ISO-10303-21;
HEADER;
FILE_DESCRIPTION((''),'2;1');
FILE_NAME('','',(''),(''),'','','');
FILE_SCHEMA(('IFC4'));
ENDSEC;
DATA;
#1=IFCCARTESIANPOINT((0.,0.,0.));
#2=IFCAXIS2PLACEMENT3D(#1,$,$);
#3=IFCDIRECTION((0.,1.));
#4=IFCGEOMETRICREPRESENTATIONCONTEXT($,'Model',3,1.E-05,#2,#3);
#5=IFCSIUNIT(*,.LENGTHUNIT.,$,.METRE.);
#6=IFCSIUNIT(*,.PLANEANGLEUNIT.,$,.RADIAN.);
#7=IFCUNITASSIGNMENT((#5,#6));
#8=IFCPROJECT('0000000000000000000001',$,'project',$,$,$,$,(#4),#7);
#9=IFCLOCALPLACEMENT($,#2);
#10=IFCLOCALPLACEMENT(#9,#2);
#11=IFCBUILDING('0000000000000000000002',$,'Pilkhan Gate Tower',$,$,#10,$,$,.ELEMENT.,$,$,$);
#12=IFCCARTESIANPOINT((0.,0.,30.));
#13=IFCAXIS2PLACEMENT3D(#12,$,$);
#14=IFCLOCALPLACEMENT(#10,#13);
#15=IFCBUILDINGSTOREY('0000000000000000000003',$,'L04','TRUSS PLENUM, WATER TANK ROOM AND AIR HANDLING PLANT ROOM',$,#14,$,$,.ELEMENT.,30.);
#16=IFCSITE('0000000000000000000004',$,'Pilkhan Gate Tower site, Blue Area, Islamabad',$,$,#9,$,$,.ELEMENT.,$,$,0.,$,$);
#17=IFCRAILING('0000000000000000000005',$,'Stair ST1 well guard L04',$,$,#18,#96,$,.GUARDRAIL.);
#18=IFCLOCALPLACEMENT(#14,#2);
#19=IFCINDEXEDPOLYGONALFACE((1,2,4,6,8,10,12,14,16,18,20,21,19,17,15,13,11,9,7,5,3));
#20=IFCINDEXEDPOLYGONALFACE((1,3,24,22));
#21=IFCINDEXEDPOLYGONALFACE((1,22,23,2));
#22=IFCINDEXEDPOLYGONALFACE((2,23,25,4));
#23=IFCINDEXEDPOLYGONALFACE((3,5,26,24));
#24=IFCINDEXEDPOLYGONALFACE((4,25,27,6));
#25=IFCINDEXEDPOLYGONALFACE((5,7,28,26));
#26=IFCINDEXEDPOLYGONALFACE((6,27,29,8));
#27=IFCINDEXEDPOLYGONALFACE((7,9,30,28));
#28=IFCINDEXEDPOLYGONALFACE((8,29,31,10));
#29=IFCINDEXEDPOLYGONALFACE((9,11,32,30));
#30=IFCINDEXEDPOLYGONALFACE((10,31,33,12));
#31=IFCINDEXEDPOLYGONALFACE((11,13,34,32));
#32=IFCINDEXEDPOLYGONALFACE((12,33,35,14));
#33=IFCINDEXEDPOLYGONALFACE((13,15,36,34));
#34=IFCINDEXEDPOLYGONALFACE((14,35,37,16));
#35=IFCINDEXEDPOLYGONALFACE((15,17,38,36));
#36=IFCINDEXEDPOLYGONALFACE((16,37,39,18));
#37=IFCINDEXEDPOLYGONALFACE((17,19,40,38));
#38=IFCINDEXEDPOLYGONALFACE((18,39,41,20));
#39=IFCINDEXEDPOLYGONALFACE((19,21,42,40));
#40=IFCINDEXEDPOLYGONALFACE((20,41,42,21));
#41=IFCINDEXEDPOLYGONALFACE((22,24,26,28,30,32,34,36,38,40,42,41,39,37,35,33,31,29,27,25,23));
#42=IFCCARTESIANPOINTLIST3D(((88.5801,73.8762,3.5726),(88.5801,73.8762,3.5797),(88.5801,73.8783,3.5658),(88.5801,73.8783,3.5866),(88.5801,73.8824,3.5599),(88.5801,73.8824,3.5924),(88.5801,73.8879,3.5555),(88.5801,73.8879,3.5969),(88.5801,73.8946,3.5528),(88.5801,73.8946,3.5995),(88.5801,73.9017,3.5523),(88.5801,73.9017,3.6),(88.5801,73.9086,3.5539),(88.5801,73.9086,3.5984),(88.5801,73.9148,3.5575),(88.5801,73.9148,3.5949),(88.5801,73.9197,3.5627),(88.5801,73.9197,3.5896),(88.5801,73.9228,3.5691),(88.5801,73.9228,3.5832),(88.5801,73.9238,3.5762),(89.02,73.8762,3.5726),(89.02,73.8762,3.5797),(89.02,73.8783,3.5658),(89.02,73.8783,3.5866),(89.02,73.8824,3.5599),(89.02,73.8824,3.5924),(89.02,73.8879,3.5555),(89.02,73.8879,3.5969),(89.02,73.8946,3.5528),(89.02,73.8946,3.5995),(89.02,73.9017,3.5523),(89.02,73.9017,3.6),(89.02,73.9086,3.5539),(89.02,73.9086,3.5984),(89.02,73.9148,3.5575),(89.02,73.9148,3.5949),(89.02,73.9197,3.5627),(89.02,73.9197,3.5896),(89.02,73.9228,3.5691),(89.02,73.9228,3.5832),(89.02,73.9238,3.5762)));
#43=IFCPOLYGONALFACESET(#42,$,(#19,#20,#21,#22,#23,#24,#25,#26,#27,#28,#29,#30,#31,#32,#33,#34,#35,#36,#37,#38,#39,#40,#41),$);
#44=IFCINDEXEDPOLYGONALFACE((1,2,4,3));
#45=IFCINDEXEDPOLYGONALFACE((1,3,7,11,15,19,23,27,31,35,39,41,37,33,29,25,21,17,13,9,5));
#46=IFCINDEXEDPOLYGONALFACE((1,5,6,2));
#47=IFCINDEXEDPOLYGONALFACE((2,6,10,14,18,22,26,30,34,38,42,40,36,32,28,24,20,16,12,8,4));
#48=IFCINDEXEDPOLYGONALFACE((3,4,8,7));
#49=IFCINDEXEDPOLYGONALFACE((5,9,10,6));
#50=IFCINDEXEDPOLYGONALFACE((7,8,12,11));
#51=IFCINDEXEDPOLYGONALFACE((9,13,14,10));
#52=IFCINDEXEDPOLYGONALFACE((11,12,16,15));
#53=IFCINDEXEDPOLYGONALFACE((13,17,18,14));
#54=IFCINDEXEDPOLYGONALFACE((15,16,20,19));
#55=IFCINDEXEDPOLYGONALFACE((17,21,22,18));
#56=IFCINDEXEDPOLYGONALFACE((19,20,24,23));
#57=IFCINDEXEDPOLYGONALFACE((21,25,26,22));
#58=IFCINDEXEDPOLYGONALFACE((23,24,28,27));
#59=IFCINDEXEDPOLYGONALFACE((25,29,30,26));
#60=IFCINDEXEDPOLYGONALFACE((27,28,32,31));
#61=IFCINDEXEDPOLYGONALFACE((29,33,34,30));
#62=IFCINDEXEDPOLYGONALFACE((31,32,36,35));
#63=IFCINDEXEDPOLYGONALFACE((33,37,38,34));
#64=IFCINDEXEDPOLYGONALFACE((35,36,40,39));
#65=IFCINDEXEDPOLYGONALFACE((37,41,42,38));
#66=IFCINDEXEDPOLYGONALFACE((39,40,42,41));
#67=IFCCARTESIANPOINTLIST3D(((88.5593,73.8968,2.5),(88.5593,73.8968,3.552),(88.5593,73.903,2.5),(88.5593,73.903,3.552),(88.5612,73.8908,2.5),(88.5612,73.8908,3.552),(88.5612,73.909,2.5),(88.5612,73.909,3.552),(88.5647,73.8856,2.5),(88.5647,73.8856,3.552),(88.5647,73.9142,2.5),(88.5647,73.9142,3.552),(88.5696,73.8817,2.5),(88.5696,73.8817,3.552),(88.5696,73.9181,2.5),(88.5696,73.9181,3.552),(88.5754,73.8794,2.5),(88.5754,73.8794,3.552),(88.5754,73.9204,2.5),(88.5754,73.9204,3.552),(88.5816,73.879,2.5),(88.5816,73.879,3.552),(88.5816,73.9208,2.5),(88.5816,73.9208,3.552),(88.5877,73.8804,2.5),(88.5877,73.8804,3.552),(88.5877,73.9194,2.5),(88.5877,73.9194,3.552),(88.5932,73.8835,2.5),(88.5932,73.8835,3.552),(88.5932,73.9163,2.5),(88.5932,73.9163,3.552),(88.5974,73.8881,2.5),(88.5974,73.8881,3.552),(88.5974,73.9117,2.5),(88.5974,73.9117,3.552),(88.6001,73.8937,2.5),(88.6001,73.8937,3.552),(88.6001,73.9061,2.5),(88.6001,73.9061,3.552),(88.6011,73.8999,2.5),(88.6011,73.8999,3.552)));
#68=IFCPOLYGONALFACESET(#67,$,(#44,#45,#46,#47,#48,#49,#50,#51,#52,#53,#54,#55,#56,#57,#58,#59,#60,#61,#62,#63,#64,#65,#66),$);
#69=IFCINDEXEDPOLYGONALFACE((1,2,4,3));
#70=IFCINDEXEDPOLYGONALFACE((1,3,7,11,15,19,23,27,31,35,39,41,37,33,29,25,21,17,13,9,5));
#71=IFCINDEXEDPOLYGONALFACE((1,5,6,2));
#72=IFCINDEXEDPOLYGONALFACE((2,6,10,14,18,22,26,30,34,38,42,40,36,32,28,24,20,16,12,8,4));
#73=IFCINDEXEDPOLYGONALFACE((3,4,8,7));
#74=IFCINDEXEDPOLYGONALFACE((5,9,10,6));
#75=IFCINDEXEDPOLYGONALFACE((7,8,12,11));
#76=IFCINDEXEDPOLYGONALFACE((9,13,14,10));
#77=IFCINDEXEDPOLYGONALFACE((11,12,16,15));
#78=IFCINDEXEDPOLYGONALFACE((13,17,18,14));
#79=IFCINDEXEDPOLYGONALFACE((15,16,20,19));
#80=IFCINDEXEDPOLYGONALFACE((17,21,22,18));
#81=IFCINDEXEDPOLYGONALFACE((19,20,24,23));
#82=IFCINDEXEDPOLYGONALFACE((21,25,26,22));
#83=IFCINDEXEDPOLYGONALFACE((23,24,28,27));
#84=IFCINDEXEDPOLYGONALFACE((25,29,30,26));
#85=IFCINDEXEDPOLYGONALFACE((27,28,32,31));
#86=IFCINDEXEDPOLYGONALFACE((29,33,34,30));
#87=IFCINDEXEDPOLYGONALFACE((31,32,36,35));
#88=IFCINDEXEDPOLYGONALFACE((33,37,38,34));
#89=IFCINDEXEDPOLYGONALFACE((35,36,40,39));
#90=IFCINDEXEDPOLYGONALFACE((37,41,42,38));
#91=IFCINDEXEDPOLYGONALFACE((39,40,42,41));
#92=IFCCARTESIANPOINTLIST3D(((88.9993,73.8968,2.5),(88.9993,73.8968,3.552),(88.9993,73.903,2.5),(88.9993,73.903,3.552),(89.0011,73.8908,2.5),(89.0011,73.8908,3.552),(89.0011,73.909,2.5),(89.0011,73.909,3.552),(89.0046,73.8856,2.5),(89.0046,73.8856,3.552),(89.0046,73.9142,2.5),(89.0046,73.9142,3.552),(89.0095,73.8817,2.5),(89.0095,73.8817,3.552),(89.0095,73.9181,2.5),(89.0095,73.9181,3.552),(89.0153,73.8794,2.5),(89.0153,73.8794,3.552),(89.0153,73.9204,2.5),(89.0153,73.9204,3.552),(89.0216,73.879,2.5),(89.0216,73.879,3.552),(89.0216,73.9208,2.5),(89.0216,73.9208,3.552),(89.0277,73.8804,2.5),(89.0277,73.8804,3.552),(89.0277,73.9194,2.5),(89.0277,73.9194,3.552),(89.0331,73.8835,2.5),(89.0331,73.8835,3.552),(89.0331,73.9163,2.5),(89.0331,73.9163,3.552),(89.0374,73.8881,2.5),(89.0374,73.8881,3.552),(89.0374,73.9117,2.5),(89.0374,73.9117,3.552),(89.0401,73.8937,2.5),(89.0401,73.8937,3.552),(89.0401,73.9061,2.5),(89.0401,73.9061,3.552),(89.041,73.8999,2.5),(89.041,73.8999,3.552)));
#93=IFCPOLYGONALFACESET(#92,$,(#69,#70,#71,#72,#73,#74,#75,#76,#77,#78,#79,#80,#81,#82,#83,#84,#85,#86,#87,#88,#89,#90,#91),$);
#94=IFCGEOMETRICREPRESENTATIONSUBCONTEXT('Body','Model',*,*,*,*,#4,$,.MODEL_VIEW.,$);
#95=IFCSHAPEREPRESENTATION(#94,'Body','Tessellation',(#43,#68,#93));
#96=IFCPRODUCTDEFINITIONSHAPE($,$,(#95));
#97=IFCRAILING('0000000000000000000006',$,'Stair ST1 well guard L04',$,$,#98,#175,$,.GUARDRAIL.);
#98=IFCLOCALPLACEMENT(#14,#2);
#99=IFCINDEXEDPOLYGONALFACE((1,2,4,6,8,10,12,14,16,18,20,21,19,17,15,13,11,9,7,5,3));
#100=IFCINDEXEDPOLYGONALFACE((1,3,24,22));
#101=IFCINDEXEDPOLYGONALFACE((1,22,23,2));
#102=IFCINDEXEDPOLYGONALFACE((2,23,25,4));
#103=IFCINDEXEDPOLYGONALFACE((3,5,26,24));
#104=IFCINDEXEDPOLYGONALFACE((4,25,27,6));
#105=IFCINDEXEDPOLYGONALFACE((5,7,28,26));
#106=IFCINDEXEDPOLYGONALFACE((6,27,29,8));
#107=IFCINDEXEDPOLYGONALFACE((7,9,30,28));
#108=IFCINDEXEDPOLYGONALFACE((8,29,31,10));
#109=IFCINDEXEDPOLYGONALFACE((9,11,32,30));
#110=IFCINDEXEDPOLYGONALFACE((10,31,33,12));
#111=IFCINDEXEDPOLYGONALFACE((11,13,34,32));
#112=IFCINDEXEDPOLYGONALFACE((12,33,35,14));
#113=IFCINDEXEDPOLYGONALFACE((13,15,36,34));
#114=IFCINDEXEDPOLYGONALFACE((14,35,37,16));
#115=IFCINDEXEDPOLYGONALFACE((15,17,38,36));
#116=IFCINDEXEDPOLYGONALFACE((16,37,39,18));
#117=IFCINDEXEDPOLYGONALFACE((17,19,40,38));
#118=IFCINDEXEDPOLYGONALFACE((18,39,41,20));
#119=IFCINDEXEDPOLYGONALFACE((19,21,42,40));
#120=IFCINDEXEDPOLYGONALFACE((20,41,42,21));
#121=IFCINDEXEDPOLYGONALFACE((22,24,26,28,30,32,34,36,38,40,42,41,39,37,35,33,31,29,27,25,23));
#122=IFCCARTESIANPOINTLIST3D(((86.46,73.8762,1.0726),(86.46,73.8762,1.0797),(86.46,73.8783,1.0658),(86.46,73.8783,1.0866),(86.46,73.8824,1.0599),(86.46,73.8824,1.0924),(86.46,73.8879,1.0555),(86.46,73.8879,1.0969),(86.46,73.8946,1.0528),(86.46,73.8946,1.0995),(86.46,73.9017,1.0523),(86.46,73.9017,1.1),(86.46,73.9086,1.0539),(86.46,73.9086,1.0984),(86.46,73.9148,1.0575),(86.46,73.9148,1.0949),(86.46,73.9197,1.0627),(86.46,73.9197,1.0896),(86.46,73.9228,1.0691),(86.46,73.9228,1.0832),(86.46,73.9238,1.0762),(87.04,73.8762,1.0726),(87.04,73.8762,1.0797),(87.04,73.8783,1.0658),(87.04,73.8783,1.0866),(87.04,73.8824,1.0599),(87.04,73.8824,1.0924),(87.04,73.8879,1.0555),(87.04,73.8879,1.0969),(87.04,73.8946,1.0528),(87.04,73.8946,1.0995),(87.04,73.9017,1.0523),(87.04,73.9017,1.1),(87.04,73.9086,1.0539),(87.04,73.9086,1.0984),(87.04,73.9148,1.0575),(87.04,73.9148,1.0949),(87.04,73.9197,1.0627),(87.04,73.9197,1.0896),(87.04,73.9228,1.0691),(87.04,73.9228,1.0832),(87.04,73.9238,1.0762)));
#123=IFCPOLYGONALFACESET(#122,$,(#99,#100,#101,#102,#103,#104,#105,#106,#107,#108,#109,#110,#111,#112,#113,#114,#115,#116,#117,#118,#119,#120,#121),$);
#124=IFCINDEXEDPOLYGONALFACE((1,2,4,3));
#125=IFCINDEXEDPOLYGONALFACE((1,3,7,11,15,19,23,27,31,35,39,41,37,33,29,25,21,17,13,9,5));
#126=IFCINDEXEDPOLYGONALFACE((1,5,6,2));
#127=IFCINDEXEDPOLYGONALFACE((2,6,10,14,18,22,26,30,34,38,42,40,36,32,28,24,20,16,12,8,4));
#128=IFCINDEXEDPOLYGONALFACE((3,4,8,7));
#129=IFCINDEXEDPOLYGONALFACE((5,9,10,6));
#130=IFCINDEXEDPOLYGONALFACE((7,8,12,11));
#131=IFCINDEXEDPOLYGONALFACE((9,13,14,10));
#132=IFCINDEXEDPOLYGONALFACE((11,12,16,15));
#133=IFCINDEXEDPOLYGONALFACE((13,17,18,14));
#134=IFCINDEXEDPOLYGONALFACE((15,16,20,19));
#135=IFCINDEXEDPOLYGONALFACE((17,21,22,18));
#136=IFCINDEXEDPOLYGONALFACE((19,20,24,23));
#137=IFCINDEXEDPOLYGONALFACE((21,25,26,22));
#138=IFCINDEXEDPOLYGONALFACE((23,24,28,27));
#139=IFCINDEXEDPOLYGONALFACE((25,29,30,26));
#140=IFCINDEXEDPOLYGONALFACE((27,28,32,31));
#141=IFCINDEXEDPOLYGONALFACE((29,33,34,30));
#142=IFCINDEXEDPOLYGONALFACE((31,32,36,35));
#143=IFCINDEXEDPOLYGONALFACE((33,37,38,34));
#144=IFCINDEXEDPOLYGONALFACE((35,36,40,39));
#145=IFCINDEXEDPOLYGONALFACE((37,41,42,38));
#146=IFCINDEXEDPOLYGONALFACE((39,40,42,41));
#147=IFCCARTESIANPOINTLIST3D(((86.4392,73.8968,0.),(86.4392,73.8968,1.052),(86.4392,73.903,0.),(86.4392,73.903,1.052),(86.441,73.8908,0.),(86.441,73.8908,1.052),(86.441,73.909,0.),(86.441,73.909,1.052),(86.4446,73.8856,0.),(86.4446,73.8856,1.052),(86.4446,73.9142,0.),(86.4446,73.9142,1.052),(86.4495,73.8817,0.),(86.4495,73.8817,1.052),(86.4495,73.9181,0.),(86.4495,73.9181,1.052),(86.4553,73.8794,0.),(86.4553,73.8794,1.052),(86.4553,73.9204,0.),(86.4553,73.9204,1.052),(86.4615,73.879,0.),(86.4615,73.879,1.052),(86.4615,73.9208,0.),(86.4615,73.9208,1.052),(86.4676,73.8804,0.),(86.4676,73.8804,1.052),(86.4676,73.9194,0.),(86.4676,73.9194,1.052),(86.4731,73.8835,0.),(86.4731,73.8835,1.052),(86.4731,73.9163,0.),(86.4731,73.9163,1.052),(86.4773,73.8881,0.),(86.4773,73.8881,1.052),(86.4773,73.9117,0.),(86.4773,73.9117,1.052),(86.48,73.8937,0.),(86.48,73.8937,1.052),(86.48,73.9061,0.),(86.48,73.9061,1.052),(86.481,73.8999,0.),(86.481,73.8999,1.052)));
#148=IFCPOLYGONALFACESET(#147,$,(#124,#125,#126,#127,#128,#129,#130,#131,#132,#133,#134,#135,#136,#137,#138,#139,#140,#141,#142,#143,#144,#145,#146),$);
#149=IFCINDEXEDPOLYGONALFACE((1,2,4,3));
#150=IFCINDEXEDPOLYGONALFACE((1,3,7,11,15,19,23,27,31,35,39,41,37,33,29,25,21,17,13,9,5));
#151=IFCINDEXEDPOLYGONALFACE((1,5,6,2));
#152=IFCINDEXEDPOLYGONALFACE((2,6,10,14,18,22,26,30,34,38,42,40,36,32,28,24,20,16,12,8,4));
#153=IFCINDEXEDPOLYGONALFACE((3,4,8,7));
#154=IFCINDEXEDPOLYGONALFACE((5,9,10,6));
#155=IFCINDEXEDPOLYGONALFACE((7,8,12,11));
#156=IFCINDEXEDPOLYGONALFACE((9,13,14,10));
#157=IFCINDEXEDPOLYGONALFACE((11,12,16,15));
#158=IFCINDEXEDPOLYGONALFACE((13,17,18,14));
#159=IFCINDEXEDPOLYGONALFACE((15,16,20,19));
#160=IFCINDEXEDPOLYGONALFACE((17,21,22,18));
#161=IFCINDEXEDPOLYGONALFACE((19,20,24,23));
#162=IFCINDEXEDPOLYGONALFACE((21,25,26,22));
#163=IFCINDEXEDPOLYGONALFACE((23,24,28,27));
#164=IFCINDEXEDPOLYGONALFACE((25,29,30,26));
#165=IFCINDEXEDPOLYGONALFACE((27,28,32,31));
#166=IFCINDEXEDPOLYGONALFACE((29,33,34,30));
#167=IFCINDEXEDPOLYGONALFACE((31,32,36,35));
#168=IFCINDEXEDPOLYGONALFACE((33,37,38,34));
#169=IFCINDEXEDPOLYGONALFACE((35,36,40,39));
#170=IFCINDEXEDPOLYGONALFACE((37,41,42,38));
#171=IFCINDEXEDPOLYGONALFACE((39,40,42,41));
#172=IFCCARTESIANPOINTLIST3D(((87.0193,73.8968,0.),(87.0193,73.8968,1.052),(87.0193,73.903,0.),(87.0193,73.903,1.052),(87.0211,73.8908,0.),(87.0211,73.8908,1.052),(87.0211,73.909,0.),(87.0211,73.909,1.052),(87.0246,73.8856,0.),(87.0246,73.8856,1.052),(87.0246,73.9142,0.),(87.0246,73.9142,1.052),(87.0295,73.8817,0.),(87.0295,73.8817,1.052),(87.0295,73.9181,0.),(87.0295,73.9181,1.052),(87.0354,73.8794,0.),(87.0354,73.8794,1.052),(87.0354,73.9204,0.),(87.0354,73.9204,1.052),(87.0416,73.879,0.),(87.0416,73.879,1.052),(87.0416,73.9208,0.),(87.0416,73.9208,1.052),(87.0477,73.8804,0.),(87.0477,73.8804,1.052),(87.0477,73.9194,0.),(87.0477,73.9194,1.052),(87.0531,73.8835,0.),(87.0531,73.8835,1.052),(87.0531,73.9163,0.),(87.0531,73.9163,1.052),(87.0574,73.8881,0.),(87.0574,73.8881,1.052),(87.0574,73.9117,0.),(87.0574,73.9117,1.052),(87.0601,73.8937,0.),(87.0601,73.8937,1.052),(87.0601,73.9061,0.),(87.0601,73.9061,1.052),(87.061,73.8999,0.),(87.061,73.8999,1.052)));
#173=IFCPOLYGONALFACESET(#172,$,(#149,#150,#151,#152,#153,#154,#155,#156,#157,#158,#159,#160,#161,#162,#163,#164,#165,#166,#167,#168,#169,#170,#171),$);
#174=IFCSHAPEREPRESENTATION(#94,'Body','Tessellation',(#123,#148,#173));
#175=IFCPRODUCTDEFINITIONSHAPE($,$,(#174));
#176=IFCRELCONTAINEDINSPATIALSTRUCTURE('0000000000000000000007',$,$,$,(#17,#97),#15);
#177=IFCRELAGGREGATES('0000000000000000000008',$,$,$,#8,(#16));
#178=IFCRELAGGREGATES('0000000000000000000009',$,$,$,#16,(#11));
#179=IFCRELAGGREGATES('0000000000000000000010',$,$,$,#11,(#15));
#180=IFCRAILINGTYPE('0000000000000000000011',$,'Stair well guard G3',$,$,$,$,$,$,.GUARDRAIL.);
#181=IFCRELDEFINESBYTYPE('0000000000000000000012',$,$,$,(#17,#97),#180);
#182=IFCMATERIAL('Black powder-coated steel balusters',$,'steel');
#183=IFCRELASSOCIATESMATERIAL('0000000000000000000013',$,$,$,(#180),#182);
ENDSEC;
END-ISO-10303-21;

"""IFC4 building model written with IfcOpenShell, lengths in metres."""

from ifc_helpers import new_model, si_unit, direction, frame, origin, origin_2d, place, context, subcontext, project, spatial, circle, extrude, material, type_object, element, save


model = new_model("IFC4")

# Units and contexts
model_context = context("Model", 3, precision=1e-05, world=origin(), true_north=direction((0.0, 1.0)))
body_context = subcontext(model_context, "Body", "Model", "MODEL_VIEW")
ifc_project = project(units=[si_unit("LENGTHUNIT", "METRE"), si_unit("PLANEANGLEUNIT", "RADIAN")], contexts=[model_context])

# Site, building, storey
site_placement = place(None, origin())
site = spatial("IfcSite", under=ifc_project, at=site_placement, Name="Pilkhan Gate Tower site, Blue Area, Islamabad", CompositionType="ELEMENT", RefElevation=0.0)
building_placement = place(site_placement, origin())
building = spatial("IfcBuilding", under=site, at=building_placement, Name="Pilkhan Gate Tower", CompositionType="ELEMENT")
storey_placement = place(building_placement, frame((0.0, 0.0, 30.0)))
storey = spatial("IfcBuildingStorey", under=building, at=storey_placement, Name="L04", Description="TRUSS PLENUM, WATER TANK ROOM AND AIR HANDLING PLANT ROOM", CompositionType="ELEMENT", Elevation=30.0)

# Railings
ifc_material_1 = material(Name="Black powder-coated steel balusters", Category="steel")
railing_type_1 = type_object("IfcRailingType", Name="Stair well guard G3", PredefinedType="GUARDRAIL", material=ifc_material_1)
railing_placement = place(storey_placement, frame((88.5801, 73.8999, 2.5)))
element("IfcRailing", 1, at=railing_placement, inside=storey, type_object=railing_type_1, Name="Stair ST1 well guard L04", PredefinedType="GUARDRAIL", context=body_context, shape_type="SweptSolid", body=[
    extrude(circle(Radius=0.0239, at=origin_2d()), frame((0.0, 0.0, 1.0762), z_axis=(1.0, 0.0, 0.0), x_axis=(0.0, 1.0, 0.0)), (0.0, 0.0, 1.0), 0.4399),
    extrude(circle(Radius=0.021, at=origin_2d()), origin(), (0.0, 0.0, 1.0), 1.052),
    extrude(circle(Radius=0.021, at=origin_2d()), frame((0.4399, 0.0, 0.0)), (0.0, 0.0, 1.0), 1.052),
])
for number, where, name in (
    (2, (86.46, 73.8999, 0.0), "Stair ST1 well guard L04"),
):
    element("IfcRailing", number, at=place(storey_placement, frame(where)), inside=storey, type_object=railing_type_1, Name=name, PredefinedType="GUARDRAIL", context=body_context, shape_type="SweptSolid", body=[
        extrude(circle(Radius=0.0239, at=origin_2d()), frame((0.0, 0.0, 1.0762), z_axis=(1.0, 0.0, 0.0), x_axis=(0.0, 1.0, 0.0)), (0.0, 0.0, 1.0), 0.5801),
        extrude(circle(Radius=0.021, at=origin_2d()), origin(), (0.0, 0.0, 1.0), 1.052),
        extrude(circle(Radius=0.021, at=origin_2d()), frame((0.5801, 0.0, 0.0)), (0.0, 0.0, 1.0), 1.052),
    ])

save(model, "model.ifc")
